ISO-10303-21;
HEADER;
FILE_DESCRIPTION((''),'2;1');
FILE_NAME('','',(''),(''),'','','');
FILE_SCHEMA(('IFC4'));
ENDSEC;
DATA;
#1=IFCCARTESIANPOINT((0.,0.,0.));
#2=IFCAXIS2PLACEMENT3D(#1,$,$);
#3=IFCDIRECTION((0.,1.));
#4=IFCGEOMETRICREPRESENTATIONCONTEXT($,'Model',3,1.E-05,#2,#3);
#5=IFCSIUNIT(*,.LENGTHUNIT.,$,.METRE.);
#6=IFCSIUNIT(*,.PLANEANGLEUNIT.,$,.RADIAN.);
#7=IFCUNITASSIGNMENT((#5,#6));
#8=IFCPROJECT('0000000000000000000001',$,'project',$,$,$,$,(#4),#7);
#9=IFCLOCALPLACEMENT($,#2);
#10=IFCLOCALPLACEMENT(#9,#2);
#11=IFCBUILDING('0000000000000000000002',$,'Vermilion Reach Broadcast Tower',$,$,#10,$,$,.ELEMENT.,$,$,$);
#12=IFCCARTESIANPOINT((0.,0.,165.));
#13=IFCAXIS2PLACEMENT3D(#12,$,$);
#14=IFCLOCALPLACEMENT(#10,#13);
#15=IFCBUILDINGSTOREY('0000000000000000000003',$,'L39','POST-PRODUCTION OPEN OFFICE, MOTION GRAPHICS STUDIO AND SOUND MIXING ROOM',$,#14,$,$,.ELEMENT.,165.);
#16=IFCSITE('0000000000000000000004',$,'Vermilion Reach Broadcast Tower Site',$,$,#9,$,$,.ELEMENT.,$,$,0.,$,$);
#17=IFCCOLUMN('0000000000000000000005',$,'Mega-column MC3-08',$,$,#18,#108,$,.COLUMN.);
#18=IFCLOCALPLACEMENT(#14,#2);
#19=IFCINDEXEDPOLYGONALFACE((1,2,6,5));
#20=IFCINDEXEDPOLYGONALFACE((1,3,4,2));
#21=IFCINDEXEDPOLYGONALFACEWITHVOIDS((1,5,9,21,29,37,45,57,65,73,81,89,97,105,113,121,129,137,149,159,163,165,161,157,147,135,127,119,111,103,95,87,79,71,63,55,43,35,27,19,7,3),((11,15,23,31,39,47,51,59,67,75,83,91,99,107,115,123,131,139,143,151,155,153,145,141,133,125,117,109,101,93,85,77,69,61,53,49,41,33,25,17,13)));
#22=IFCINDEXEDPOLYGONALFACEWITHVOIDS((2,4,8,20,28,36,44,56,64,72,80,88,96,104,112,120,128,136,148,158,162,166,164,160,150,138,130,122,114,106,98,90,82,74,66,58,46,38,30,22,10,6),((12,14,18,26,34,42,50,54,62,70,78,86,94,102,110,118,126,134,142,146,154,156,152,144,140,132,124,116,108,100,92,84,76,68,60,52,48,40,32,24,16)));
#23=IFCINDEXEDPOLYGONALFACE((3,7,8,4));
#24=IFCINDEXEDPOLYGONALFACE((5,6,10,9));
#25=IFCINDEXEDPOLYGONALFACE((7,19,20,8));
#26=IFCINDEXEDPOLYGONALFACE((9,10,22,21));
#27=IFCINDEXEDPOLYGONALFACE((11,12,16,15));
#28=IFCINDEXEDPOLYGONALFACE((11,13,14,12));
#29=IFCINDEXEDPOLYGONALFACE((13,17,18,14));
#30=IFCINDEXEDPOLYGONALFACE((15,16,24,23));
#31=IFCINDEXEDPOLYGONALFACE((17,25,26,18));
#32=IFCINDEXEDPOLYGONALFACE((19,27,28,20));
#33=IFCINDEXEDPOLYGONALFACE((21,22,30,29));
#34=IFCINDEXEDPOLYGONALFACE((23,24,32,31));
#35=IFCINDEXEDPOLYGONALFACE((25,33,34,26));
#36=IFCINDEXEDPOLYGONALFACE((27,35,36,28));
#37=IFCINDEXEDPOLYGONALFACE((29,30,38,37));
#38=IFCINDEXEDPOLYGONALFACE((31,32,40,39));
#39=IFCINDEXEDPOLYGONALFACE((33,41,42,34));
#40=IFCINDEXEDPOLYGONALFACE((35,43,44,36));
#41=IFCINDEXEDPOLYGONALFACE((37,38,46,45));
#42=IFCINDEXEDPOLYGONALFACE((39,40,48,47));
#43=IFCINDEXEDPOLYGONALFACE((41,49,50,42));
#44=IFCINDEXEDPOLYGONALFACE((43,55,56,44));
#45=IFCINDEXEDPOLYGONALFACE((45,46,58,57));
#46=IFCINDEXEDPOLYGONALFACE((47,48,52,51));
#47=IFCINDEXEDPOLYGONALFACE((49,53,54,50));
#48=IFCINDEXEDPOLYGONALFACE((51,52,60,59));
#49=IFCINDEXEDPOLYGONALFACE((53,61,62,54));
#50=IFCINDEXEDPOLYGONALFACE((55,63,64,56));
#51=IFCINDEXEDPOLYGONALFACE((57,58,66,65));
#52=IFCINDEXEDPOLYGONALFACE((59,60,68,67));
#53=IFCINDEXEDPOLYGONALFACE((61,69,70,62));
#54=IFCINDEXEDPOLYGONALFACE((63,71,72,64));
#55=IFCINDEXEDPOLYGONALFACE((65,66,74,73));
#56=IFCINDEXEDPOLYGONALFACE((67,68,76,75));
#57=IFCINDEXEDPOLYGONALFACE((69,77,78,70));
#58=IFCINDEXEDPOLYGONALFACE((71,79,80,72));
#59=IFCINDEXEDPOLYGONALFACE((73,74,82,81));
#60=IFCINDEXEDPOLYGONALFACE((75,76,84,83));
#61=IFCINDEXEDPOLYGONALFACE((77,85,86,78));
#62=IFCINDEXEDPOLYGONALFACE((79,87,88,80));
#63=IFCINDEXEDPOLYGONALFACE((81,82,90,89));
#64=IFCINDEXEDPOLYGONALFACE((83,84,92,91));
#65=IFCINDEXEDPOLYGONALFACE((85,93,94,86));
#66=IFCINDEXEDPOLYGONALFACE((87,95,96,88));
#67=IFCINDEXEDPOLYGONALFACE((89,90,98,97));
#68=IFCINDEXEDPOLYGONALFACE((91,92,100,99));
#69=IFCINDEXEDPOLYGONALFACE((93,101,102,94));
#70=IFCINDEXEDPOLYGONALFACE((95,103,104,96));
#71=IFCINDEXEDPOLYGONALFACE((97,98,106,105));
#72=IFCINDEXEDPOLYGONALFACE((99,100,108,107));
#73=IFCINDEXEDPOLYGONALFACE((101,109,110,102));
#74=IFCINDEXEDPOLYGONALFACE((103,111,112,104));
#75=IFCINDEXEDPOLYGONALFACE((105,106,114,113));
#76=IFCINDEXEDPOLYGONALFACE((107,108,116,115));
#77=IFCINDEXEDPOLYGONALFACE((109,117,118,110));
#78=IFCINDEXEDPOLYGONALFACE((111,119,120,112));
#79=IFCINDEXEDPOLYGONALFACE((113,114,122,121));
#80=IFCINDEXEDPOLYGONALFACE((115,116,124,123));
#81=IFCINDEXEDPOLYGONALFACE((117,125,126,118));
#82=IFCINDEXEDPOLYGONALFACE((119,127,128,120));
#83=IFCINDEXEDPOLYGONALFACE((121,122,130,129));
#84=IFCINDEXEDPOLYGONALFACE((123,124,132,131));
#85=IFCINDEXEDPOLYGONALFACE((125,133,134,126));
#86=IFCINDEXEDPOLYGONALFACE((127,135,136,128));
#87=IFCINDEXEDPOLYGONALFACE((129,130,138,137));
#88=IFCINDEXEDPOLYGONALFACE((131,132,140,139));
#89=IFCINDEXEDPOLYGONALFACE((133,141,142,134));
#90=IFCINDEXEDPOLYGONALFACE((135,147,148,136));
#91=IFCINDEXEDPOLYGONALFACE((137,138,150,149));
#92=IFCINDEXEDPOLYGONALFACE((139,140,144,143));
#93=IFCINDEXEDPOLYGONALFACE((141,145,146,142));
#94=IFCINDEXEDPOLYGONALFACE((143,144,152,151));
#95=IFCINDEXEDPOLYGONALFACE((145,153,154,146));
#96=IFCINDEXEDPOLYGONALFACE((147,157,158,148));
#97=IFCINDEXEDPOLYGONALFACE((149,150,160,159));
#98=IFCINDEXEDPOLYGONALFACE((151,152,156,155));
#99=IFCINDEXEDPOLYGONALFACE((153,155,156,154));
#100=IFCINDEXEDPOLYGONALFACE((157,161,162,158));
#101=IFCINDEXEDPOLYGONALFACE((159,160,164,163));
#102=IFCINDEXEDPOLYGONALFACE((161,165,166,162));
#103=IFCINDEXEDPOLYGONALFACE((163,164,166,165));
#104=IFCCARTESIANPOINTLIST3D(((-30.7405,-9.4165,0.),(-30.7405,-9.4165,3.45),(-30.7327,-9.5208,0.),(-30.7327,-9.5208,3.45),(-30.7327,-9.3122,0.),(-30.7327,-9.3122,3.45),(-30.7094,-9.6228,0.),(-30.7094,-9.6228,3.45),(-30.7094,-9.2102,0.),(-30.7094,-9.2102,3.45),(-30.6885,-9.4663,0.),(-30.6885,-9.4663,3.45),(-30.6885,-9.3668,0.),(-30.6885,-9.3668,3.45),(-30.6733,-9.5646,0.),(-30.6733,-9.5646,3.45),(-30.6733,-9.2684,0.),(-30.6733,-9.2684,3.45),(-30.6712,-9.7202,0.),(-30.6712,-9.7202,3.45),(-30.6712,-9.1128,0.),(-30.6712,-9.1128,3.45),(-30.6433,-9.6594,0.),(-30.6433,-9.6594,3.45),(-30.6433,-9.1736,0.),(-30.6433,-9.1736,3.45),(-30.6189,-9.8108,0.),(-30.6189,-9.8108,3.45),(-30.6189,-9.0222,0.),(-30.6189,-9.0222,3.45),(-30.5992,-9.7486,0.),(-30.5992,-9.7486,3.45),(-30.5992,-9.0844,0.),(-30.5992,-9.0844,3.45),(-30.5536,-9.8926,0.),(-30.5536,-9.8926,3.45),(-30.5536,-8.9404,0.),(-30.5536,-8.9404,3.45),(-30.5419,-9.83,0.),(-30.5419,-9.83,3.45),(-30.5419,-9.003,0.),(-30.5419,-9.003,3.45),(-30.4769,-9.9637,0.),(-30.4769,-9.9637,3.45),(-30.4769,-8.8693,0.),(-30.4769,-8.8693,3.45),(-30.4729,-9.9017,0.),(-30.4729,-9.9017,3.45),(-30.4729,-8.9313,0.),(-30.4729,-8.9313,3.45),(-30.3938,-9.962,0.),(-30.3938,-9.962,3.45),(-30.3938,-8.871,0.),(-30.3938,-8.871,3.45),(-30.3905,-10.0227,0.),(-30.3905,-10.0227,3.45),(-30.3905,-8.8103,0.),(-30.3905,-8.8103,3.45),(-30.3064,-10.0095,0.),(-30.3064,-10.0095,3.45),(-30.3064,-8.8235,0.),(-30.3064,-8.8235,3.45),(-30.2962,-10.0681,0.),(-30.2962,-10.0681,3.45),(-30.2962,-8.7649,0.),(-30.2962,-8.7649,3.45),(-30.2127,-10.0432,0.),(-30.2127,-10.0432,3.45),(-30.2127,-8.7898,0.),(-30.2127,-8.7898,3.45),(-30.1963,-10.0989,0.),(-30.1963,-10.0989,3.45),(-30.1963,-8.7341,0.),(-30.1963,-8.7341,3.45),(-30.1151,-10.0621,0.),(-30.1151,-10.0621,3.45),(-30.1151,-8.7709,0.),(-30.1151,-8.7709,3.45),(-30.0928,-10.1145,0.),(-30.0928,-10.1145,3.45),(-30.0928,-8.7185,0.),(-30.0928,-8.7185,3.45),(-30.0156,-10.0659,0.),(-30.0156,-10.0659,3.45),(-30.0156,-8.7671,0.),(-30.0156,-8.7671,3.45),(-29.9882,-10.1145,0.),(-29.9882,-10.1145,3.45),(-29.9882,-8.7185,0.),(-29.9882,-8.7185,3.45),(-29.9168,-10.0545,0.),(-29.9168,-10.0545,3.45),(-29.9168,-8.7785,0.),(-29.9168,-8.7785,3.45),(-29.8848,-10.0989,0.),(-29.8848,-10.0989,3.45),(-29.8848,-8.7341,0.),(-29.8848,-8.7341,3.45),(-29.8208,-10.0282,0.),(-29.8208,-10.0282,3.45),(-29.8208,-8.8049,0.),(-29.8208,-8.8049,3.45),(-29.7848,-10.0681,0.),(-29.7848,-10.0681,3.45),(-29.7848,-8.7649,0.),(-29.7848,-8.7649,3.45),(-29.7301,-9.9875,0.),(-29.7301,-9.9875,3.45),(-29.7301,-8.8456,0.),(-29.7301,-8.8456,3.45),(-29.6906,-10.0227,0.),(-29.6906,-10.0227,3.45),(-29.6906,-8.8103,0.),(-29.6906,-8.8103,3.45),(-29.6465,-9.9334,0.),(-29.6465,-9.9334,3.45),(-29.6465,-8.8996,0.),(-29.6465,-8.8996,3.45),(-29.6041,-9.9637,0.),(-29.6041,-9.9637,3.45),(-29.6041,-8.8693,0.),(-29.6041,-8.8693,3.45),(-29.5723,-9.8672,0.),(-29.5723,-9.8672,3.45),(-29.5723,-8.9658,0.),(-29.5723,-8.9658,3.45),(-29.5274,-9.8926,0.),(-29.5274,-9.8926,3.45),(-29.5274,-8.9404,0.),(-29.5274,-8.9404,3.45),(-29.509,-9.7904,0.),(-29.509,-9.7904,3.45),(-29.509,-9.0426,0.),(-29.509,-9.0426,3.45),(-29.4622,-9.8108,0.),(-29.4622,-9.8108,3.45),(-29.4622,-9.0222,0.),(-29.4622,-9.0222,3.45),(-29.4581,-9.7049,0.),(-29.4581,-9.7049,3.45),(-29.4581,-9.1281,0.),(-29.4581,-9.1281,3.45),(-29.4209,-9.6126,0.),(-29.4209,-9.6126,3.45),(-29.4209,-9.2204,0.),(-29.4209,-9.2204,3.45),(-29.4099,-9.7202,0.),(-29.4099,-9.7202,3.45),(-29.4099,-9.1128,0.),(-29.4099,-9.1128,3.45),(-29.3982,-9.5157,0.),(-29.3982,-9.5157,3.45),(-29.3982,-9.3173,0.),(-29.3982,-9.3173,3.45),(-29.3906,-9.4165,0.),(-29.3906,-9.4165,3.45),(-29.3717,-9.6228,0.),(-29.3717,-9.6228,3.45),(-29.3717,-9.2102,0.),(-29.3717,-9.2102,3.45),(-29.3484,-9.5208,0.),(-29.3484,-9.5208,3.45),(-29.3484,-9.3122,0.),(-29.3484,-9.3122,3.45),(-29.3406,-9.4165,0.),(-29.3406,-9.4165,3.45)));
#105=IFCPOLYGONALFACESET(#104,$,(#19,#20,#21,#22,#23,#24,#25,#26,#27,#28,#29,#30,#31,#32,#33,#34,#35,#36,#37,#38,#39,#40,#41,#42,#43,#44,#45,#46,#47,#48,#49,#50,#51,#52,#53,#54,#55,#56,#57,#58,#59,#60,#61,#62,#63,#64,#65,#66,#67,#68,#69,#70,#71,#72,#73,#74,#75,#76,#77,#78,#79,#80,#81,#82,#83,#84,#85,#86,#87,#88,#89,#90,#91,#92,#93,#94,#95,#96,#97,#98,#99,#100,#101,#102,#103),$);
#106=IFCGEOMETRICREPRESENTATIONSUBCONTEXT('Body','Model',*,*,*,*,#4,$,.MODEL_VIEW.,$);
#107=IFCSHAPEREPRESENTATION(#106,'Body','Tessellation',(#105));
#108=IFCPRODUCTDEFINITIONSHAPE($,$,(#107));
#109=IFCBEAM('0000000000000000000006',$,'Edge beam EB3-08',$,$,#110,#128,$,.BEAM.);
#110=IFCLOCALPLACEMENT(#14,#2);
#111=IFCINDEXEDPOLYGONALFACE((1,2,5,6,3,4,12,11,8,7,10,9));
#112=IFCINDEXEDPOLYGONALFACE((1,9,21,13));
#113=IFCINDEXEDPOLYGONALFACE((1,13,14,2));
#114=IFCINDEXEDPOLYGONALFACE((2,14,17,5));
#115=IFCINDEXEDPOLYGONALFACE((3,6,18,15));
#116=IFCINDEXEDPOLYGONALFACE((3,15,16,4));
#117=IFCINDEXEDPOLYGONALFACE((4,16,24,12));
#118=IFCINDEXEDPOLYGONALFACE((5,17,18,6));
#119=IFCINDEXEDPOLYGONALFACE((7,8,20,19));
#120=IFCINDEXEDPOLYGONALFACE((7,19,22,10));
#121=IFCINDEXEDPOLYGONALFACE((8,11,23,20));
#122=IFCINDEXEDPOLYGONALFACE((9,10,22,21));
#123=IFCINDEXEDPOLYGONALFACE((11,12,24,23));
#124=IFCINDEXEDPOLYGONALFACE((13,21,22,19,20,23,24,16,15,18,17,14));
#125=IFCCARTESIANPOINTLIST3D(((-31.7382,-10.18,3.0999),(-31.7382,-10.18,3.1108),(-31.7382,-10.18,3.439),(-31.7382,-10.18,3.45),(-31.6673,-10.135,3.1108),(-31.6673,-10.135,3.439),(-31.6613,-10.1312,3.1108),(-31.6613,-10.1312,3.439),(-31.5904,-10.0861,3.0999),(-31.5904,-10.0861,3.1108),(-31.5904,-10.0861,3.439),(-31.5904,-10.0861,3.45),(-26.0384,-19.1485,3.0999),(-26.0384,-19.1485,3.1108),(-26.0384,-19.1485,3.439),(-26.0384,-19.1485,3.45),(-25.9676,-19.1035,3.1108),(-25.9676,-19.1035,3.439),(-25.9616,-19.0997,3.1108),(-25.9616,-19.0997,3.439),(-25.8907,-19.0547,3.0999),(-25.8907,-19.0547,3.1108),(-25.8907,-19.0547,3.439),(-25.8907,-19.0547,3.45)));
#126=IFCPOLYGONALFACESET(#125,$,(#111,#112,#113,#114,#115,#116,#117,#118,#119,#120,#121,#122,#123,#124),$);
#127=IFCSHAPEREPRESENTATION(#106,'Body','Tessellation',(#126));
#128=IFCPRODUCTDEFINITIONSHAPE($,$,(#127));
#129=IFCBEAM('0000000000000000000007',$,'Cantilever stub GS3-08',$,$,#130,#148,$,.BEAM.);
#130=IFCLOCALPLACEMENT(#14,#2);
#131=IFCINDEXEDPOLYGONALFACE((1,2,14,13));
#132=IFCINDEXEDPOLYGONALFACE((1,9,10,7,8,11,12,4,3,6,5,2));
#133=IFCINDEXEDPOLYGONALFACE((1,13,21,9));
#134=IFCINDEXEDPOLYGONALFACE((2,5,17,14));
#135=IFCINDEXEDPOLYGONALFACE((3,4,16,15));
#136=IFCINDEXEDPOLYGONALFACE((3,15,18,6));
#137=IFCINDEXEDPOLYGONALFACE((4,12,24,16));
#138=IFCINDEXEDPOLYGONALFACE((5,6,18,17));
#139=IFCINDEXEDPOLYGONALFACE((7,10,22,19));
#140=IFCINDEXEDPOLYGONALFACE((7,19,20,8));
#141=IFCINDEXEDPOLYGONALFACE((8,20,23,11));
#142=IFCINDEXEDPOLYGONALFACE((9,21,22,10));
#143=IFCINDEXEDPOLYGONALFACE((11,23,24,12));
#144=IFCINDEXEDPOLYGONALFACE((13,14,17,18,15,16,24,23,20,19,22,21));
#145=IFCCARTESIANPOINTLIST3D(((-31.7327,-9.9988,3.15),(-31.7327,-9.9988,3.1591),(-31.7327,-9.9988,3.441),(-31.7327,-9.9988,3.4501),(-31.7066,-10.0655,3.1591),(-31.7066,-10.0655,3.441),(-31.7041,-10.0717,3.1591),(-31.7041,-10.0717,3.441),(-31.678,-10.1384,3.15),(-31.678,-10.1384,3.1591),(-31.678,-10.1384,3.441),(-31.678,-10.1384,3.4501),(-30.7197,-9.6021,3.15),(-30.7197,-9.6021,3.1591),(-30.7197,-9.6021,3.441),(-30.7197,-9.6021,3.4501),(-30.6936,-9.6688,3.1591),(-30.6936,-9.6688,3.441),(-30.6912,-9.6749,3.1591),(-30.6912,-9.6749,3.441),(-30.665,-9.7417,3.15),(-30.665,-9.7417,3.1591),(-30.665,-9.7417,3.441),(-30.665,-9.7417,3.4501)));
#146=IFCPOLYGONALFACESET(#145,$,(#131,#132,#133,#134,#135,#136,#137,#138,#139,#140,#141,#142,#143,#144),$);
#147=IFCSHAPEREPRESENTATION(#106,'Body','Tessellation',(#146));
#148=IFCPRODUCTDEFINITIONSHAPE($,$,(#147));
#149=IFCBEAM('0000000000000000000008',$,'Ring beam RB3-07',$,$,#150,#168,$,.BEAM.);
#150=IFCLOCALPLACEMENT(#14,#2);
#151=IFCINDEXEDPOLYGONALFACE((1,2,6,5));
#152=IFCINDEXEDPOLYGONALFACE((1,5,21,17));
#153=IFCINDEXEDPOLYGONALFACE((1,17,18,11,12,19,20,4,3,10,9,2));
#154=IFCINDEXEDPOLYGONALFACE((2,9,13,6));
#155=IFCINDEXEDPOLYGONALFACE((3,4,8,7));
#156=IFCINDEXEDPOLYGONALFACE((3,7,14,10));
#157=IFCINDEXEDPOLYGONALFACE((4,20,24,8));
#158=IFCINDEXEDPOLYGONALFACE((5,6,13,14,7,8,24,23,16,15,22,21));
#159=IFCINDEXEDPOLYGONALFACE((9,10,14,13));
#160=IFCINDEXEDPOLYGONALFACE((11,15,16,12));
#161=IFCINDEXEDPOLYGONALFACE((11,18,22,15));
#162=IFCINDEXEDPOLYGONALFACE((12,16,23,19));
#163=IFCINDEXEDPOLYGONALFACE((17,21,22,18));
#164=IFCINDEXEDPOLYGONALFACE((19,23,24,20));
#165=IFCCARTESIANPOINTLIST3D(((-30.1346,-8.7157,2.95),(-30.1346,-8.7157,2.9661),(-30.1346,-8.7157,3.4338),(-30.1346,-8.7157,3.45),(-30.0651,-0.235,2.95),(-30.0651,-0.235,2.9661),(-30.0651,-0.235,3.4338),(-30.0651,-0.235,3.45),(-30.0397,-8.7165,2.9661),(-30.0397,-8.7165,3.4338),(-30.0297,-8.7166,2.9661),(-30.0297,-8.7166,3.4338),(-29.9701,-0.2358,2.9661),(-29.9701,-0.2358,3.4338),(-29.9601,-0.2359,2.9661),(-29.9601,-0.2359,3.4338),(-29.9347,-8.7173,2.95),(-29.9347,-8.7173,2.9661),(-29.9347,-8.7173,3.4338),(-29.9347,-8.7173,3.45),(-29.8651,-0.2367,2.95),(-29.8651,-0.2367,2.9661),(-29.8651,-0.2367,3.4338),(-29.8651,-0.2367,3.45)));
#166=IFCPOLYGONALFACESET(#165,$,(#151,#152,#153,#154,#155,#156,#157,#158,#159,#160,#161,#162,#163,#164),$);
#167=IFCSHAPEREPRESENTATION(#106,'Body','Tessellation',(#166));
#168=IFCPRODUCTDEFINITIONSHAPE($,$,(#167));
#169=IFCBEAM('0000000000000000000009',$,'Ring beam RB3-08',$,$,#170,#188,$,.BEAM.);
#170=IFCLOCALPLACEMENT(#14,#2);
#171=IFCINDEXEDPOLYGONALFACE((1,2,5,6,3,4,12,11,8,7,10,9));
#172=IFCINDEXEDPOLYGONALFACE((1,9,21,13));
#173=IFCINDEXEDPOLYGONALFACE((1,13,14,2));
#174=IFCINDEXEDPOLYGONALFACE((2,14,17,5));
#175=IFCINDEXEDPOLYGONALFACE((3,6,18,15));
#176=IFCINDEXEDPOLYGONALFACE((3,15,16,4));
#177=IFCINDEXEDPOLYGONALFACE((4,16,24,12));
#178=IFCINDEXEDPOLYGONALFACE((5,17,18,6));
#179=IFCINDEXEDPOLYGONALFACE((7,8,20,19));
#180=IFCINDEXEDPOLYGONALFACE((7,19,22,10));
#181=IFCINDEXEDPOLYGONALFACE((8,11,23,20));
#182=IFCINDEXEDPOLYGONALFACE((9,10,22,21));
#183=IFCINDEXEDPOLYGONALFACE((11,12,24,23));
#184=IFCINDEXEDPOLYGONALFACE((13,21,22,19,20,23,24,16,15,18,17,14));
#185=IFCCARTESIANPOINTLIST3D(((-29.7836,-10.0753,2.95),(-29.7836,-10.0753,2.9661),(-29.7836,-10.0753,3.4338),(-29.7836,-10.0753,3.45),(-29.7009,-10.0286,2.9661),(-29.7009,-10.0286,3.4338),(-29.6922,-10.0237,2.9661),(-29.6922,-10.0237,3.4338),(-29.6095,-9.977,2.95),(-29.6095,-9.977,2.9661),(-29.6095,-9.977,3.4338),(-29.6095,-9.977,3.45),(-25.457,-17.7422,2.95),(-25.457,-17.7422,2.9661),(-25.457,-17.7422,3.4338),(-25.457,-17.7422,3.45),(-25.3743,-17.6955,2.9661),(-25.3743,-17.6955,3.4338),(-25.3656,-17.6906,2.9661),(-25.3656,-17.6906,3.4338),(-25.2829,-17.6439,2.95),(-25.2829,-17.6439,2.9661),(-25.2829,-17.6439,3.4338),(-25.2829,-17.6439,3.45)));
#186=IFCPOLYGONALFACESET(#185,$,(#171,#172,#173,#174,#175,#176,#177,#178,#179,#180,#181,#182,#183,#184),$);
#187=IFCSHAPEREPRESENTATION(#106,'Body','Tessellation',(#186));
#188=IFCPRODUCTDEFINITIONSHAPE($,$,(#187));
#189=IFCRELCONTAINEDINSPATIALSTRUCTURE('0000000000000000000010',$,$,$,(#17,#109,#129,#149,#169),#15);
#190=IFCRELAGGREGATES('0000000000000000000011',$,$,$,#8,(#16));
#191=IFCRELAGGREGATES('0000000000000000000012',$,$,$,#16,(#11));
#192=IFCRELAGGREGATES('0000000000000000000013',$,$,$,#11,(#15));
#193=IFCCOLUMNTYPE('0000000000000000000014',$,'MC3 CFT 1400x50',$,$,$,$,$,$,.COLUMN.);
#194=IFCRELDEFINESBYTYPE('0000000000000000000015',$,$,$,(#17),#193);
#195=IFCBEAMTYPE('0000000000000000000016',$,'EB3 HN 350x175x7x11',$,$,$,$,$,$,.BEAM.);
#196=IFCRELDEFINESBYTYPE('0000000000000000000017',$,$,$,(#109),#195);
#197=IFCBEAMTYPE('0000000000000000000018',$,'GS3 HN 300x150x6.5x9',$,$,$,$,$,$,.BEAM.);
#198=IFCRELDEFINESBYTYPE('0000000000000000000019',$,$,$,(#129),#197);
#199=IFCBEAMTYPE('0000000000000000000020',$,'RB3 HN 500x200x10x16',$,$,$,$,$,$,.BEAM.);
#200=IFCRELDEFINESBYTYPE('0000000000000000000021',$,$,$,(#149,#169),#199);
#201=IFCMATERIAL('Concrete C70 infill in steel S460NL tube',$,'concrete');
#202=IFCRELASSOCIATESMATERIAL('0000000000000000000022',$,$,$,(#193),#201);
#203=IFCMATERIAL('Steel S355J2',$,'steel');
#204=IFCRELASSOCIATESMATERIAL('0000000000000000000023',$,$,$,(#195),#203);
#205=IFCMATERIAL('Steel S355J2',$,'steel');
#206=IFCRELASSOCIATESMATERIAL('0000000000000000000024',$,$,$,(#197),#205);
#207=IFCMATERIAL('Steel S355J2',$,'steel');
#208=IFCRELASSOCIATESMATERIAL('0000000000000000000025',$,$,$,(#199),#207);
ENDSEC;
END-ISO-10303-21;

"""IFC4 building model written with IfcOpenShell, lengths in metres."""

from ifc_helpers import new_model, si_unit, direction, frame, origin, origin_2d, place, context, subcontext, project, spatial, hollow_circle, i_section, extrude, material, material_profile, profile_set, type_object, element, save


model = new_model("IFC4")

# Units and contexts
model_context = context("Model", 3, precision=1e-05, world=origin(), true_north=direction((0.0, 1.0)))
body_context = subcontext(model_context, "Body", "Model", "MODEL_VIEW")
ifc_project = project(units=[si_unit("LENGTHUNIT", "METRE"), si_unit("PLANEANGLEUNIT", "RADIAN")], contexts=[model_context])

# Site, building, storey
site_placement = place(None, origin())
site = spatial("IfcSite", under=ifc_project, at=site_placement, Name="Vermilion Reach Broadcast Tower Site", CompositionType="ELEMENT", RefElevation=0.0)
building_placement = place(site_placement, origin())
building = spatial("IfcBuilding", under=site, at=building_placement, Name="Vermilion Reach Broadcast Tower", CompositionType="ELEMENT")
storey_placement = place(building_placement, frame((0.0, 0.0, 165.0)))
storey = spatial("IfcBuildingStorey", under=building, at=storey_placement, Name="L39", Description="POST-PRODUCTION OPEN OFFICE, MOTION GRAPHICS STUDIO AND SOUND MIXING ROOM", CompositionType="ELEMENT", Elevation=165.0)

# Column
ifc_material_1 = material(Name="Concrete C70 infill in steel S460NL tube", Category="concrete")
ifc_material_profile_1 = material_profile(ifc_material_1, hollow_circle(Radius=0.7, WallThickness=0.05, at=origin_2d()), Name="Concrete C70 infill in steel S460NL tube CFT 1400x50")
ifc_profile_set_1 = profile_set([ifc_material_profile_1], Name="Concrete C70 infill in steel S460NL tube")
column_type = type_object("IfcColumnType", Name="MC3 CFT 1400x50", PredefinedType="COLUMN", material=ifc_profile_set_1)
column_placement = place(storey_placement, frame((-30.0405, -9.4165, 0.0), z_axis=(0.0, 0.0, 1.0), x_axis=(1.0, 0.0, 0.0)))
element("IfcColumn", 1, at=column_placement, inside=storey, type_object=column_type, Name="Mega-column MC3-08", PredefinedType="COLUMN", context=body_context, shape_type="SweptSolid", body=[
    extrude(hollow_circle(Radius=0.7, WallThickness=0.05, at=origin_2d()), origin(), (0.0, 0.0, 1.0), 3.45),
])

# Beams
ifc_material_2 = material(Name="Steel S355J2", Category="steel")
ifc_material_profile_2 = material_profile(ifc_material_2, i_section(OverallWidth=0.175, OverallDepth=0.3501, WebThickness=0.0071, FlangeThickness=0.011, at=origin_2d()), Name="S355J2 HN 350x175x7x11")
ifc_profile_set_2 = profile_set([ifc_material_profile_2], Name="Steel S355J2")
beam_type_1 = type_object("IfcBeamType", Name="EB3 HN 350x175x7x11", PredefinedType="BEAM", material=ifc_profile_set_2)
beam_1_placement = place(storey_placement, frame((-31.6643, -10.1331, 3.2749), z_axis=(0.536371, -0.843982, 0.0), x_axis=(0.843982, 0.536371, 0.0)))
element("IfcBeam", 2, at=beam_1_placement, inside=storey, type_object=beam_type_1, Name="Edge beam EB3-08", PredefinedType="BEAM", context=body_context, shape_type="SweptSolid", body=[
    extrude(i_section(OverallWidth=0.175, OverallDepth=0.3501, WebThickness=0.0071, FlangeThickness=0.011, at=origin_2d()), origin(), (0.0, 0.0, 1.0), 10.6265),
])
ifc_material_3 = material(Name="Steel S355J2", Category="steel")
ifc_material_profile_3 = material_profile(ifc_material_3, i_section(OverallWidth=0.1499, OverallDepth=0.3, WebThickness=0.0066, FlangeThickness=0.009, at=origin_2d()), Name="S355J2 HN 300x150x6.5x9")
ifc_profile_set_3 = profile_set([ifc_material_profile_3], Name="Steel S355J2")
beam_type_2 = type_object("IfcBeamType", Name="GS3 HN 300x150x6.5x9", PredefinedType="BEAM", material=ifc_profile_set_3)
beam_2_placement = place(storey_placement, frame((-30.6924, -9.6719, 3.3), z_axis=(-0.93113, -0.364687, 0.0), x_axis=(0.364687, -0.93113, 0.0)))
element("IfcBeam", 3, at=beam_2_placement, inside=storey, type_object=beam_type_2, Name="Cantilever stub GS3-08", PredefinedType="BEAM", context=body_context, shape_type="SweptSolid", body=[
    extrude(i_section(OverallWidth=0.1499, OverallDepth=0.3, WebThickness=0.0066, FlangeThickness=0.009, at=origin_2d()), origin(), (0.0, 0.0, 1.0), 1.0879),
])
ifc_material_4 = material(Name="Steel S355J2", Category="steel")
ifc_material_profile_4 = material_profile(ifc_material_4, i_section(OverallWidth=0.2, OverallDepth=0.5, WebThickness=0.01, FlangeThickness=0.0161, at=origin_2d()), Name="S355J2 HN 500x200x10x16")
ifc_profile_set_4 = profile_set([ifc_material_profile_4], Name="Steel S355J2")
beam_type_3 = type_object("IfcBeamType", Name="RB3 HN 500x200x10x16", PredefinedType="BEAM", material=ifc_profile_set_4)
beam_3_placement = place(storey_placement, frame((-29.9651, -0.2358, 3.2), z_axis=(-0.008204, -0.999966, 0.0), x_axis=(0.999966, -0.008204, 0.0)))
element("IfcBeam", 4, at=beam_3_placement, inside=storey, type_object=beam_type_3, Name="Ring beam RB3-07", PredefinedType="BEAM", context=body_context, shape_type="SweptSolid", body=[
    extrude(i_section(OverallWidth=0.2, OverallDepth=0.5, WebThickness=0.01, FlangeThickness=0.0161, at=origin_2d()), origin(), (0.0, 0.0, 1.0), 8.481),
])
beam_4_placement = place(storey_placement, frame((-29.6965, -10.0261, 3.2), z_axis=(0.491467, -0.870896, 0.0), x_axis=(0.870896, 0.491467, 0.0)))
element("IfcBeam", 5, at=beam_4_placement, inside=storey, type_object=beam_type_3, Name="Ring beam RB3-08", PredefinedType="BEAM", context=body_context, shape_type="SweptSolid", body=[
    extrude(i_section(OverallWidth=0.2, OverallDepth=0.5, WebThickness=0.01, FlangeThickness=0.0161, at=origin_2d()), origin(), (0.0, 0.0, 1.0), 8.8035),
])

save(model, "model.ifc")
